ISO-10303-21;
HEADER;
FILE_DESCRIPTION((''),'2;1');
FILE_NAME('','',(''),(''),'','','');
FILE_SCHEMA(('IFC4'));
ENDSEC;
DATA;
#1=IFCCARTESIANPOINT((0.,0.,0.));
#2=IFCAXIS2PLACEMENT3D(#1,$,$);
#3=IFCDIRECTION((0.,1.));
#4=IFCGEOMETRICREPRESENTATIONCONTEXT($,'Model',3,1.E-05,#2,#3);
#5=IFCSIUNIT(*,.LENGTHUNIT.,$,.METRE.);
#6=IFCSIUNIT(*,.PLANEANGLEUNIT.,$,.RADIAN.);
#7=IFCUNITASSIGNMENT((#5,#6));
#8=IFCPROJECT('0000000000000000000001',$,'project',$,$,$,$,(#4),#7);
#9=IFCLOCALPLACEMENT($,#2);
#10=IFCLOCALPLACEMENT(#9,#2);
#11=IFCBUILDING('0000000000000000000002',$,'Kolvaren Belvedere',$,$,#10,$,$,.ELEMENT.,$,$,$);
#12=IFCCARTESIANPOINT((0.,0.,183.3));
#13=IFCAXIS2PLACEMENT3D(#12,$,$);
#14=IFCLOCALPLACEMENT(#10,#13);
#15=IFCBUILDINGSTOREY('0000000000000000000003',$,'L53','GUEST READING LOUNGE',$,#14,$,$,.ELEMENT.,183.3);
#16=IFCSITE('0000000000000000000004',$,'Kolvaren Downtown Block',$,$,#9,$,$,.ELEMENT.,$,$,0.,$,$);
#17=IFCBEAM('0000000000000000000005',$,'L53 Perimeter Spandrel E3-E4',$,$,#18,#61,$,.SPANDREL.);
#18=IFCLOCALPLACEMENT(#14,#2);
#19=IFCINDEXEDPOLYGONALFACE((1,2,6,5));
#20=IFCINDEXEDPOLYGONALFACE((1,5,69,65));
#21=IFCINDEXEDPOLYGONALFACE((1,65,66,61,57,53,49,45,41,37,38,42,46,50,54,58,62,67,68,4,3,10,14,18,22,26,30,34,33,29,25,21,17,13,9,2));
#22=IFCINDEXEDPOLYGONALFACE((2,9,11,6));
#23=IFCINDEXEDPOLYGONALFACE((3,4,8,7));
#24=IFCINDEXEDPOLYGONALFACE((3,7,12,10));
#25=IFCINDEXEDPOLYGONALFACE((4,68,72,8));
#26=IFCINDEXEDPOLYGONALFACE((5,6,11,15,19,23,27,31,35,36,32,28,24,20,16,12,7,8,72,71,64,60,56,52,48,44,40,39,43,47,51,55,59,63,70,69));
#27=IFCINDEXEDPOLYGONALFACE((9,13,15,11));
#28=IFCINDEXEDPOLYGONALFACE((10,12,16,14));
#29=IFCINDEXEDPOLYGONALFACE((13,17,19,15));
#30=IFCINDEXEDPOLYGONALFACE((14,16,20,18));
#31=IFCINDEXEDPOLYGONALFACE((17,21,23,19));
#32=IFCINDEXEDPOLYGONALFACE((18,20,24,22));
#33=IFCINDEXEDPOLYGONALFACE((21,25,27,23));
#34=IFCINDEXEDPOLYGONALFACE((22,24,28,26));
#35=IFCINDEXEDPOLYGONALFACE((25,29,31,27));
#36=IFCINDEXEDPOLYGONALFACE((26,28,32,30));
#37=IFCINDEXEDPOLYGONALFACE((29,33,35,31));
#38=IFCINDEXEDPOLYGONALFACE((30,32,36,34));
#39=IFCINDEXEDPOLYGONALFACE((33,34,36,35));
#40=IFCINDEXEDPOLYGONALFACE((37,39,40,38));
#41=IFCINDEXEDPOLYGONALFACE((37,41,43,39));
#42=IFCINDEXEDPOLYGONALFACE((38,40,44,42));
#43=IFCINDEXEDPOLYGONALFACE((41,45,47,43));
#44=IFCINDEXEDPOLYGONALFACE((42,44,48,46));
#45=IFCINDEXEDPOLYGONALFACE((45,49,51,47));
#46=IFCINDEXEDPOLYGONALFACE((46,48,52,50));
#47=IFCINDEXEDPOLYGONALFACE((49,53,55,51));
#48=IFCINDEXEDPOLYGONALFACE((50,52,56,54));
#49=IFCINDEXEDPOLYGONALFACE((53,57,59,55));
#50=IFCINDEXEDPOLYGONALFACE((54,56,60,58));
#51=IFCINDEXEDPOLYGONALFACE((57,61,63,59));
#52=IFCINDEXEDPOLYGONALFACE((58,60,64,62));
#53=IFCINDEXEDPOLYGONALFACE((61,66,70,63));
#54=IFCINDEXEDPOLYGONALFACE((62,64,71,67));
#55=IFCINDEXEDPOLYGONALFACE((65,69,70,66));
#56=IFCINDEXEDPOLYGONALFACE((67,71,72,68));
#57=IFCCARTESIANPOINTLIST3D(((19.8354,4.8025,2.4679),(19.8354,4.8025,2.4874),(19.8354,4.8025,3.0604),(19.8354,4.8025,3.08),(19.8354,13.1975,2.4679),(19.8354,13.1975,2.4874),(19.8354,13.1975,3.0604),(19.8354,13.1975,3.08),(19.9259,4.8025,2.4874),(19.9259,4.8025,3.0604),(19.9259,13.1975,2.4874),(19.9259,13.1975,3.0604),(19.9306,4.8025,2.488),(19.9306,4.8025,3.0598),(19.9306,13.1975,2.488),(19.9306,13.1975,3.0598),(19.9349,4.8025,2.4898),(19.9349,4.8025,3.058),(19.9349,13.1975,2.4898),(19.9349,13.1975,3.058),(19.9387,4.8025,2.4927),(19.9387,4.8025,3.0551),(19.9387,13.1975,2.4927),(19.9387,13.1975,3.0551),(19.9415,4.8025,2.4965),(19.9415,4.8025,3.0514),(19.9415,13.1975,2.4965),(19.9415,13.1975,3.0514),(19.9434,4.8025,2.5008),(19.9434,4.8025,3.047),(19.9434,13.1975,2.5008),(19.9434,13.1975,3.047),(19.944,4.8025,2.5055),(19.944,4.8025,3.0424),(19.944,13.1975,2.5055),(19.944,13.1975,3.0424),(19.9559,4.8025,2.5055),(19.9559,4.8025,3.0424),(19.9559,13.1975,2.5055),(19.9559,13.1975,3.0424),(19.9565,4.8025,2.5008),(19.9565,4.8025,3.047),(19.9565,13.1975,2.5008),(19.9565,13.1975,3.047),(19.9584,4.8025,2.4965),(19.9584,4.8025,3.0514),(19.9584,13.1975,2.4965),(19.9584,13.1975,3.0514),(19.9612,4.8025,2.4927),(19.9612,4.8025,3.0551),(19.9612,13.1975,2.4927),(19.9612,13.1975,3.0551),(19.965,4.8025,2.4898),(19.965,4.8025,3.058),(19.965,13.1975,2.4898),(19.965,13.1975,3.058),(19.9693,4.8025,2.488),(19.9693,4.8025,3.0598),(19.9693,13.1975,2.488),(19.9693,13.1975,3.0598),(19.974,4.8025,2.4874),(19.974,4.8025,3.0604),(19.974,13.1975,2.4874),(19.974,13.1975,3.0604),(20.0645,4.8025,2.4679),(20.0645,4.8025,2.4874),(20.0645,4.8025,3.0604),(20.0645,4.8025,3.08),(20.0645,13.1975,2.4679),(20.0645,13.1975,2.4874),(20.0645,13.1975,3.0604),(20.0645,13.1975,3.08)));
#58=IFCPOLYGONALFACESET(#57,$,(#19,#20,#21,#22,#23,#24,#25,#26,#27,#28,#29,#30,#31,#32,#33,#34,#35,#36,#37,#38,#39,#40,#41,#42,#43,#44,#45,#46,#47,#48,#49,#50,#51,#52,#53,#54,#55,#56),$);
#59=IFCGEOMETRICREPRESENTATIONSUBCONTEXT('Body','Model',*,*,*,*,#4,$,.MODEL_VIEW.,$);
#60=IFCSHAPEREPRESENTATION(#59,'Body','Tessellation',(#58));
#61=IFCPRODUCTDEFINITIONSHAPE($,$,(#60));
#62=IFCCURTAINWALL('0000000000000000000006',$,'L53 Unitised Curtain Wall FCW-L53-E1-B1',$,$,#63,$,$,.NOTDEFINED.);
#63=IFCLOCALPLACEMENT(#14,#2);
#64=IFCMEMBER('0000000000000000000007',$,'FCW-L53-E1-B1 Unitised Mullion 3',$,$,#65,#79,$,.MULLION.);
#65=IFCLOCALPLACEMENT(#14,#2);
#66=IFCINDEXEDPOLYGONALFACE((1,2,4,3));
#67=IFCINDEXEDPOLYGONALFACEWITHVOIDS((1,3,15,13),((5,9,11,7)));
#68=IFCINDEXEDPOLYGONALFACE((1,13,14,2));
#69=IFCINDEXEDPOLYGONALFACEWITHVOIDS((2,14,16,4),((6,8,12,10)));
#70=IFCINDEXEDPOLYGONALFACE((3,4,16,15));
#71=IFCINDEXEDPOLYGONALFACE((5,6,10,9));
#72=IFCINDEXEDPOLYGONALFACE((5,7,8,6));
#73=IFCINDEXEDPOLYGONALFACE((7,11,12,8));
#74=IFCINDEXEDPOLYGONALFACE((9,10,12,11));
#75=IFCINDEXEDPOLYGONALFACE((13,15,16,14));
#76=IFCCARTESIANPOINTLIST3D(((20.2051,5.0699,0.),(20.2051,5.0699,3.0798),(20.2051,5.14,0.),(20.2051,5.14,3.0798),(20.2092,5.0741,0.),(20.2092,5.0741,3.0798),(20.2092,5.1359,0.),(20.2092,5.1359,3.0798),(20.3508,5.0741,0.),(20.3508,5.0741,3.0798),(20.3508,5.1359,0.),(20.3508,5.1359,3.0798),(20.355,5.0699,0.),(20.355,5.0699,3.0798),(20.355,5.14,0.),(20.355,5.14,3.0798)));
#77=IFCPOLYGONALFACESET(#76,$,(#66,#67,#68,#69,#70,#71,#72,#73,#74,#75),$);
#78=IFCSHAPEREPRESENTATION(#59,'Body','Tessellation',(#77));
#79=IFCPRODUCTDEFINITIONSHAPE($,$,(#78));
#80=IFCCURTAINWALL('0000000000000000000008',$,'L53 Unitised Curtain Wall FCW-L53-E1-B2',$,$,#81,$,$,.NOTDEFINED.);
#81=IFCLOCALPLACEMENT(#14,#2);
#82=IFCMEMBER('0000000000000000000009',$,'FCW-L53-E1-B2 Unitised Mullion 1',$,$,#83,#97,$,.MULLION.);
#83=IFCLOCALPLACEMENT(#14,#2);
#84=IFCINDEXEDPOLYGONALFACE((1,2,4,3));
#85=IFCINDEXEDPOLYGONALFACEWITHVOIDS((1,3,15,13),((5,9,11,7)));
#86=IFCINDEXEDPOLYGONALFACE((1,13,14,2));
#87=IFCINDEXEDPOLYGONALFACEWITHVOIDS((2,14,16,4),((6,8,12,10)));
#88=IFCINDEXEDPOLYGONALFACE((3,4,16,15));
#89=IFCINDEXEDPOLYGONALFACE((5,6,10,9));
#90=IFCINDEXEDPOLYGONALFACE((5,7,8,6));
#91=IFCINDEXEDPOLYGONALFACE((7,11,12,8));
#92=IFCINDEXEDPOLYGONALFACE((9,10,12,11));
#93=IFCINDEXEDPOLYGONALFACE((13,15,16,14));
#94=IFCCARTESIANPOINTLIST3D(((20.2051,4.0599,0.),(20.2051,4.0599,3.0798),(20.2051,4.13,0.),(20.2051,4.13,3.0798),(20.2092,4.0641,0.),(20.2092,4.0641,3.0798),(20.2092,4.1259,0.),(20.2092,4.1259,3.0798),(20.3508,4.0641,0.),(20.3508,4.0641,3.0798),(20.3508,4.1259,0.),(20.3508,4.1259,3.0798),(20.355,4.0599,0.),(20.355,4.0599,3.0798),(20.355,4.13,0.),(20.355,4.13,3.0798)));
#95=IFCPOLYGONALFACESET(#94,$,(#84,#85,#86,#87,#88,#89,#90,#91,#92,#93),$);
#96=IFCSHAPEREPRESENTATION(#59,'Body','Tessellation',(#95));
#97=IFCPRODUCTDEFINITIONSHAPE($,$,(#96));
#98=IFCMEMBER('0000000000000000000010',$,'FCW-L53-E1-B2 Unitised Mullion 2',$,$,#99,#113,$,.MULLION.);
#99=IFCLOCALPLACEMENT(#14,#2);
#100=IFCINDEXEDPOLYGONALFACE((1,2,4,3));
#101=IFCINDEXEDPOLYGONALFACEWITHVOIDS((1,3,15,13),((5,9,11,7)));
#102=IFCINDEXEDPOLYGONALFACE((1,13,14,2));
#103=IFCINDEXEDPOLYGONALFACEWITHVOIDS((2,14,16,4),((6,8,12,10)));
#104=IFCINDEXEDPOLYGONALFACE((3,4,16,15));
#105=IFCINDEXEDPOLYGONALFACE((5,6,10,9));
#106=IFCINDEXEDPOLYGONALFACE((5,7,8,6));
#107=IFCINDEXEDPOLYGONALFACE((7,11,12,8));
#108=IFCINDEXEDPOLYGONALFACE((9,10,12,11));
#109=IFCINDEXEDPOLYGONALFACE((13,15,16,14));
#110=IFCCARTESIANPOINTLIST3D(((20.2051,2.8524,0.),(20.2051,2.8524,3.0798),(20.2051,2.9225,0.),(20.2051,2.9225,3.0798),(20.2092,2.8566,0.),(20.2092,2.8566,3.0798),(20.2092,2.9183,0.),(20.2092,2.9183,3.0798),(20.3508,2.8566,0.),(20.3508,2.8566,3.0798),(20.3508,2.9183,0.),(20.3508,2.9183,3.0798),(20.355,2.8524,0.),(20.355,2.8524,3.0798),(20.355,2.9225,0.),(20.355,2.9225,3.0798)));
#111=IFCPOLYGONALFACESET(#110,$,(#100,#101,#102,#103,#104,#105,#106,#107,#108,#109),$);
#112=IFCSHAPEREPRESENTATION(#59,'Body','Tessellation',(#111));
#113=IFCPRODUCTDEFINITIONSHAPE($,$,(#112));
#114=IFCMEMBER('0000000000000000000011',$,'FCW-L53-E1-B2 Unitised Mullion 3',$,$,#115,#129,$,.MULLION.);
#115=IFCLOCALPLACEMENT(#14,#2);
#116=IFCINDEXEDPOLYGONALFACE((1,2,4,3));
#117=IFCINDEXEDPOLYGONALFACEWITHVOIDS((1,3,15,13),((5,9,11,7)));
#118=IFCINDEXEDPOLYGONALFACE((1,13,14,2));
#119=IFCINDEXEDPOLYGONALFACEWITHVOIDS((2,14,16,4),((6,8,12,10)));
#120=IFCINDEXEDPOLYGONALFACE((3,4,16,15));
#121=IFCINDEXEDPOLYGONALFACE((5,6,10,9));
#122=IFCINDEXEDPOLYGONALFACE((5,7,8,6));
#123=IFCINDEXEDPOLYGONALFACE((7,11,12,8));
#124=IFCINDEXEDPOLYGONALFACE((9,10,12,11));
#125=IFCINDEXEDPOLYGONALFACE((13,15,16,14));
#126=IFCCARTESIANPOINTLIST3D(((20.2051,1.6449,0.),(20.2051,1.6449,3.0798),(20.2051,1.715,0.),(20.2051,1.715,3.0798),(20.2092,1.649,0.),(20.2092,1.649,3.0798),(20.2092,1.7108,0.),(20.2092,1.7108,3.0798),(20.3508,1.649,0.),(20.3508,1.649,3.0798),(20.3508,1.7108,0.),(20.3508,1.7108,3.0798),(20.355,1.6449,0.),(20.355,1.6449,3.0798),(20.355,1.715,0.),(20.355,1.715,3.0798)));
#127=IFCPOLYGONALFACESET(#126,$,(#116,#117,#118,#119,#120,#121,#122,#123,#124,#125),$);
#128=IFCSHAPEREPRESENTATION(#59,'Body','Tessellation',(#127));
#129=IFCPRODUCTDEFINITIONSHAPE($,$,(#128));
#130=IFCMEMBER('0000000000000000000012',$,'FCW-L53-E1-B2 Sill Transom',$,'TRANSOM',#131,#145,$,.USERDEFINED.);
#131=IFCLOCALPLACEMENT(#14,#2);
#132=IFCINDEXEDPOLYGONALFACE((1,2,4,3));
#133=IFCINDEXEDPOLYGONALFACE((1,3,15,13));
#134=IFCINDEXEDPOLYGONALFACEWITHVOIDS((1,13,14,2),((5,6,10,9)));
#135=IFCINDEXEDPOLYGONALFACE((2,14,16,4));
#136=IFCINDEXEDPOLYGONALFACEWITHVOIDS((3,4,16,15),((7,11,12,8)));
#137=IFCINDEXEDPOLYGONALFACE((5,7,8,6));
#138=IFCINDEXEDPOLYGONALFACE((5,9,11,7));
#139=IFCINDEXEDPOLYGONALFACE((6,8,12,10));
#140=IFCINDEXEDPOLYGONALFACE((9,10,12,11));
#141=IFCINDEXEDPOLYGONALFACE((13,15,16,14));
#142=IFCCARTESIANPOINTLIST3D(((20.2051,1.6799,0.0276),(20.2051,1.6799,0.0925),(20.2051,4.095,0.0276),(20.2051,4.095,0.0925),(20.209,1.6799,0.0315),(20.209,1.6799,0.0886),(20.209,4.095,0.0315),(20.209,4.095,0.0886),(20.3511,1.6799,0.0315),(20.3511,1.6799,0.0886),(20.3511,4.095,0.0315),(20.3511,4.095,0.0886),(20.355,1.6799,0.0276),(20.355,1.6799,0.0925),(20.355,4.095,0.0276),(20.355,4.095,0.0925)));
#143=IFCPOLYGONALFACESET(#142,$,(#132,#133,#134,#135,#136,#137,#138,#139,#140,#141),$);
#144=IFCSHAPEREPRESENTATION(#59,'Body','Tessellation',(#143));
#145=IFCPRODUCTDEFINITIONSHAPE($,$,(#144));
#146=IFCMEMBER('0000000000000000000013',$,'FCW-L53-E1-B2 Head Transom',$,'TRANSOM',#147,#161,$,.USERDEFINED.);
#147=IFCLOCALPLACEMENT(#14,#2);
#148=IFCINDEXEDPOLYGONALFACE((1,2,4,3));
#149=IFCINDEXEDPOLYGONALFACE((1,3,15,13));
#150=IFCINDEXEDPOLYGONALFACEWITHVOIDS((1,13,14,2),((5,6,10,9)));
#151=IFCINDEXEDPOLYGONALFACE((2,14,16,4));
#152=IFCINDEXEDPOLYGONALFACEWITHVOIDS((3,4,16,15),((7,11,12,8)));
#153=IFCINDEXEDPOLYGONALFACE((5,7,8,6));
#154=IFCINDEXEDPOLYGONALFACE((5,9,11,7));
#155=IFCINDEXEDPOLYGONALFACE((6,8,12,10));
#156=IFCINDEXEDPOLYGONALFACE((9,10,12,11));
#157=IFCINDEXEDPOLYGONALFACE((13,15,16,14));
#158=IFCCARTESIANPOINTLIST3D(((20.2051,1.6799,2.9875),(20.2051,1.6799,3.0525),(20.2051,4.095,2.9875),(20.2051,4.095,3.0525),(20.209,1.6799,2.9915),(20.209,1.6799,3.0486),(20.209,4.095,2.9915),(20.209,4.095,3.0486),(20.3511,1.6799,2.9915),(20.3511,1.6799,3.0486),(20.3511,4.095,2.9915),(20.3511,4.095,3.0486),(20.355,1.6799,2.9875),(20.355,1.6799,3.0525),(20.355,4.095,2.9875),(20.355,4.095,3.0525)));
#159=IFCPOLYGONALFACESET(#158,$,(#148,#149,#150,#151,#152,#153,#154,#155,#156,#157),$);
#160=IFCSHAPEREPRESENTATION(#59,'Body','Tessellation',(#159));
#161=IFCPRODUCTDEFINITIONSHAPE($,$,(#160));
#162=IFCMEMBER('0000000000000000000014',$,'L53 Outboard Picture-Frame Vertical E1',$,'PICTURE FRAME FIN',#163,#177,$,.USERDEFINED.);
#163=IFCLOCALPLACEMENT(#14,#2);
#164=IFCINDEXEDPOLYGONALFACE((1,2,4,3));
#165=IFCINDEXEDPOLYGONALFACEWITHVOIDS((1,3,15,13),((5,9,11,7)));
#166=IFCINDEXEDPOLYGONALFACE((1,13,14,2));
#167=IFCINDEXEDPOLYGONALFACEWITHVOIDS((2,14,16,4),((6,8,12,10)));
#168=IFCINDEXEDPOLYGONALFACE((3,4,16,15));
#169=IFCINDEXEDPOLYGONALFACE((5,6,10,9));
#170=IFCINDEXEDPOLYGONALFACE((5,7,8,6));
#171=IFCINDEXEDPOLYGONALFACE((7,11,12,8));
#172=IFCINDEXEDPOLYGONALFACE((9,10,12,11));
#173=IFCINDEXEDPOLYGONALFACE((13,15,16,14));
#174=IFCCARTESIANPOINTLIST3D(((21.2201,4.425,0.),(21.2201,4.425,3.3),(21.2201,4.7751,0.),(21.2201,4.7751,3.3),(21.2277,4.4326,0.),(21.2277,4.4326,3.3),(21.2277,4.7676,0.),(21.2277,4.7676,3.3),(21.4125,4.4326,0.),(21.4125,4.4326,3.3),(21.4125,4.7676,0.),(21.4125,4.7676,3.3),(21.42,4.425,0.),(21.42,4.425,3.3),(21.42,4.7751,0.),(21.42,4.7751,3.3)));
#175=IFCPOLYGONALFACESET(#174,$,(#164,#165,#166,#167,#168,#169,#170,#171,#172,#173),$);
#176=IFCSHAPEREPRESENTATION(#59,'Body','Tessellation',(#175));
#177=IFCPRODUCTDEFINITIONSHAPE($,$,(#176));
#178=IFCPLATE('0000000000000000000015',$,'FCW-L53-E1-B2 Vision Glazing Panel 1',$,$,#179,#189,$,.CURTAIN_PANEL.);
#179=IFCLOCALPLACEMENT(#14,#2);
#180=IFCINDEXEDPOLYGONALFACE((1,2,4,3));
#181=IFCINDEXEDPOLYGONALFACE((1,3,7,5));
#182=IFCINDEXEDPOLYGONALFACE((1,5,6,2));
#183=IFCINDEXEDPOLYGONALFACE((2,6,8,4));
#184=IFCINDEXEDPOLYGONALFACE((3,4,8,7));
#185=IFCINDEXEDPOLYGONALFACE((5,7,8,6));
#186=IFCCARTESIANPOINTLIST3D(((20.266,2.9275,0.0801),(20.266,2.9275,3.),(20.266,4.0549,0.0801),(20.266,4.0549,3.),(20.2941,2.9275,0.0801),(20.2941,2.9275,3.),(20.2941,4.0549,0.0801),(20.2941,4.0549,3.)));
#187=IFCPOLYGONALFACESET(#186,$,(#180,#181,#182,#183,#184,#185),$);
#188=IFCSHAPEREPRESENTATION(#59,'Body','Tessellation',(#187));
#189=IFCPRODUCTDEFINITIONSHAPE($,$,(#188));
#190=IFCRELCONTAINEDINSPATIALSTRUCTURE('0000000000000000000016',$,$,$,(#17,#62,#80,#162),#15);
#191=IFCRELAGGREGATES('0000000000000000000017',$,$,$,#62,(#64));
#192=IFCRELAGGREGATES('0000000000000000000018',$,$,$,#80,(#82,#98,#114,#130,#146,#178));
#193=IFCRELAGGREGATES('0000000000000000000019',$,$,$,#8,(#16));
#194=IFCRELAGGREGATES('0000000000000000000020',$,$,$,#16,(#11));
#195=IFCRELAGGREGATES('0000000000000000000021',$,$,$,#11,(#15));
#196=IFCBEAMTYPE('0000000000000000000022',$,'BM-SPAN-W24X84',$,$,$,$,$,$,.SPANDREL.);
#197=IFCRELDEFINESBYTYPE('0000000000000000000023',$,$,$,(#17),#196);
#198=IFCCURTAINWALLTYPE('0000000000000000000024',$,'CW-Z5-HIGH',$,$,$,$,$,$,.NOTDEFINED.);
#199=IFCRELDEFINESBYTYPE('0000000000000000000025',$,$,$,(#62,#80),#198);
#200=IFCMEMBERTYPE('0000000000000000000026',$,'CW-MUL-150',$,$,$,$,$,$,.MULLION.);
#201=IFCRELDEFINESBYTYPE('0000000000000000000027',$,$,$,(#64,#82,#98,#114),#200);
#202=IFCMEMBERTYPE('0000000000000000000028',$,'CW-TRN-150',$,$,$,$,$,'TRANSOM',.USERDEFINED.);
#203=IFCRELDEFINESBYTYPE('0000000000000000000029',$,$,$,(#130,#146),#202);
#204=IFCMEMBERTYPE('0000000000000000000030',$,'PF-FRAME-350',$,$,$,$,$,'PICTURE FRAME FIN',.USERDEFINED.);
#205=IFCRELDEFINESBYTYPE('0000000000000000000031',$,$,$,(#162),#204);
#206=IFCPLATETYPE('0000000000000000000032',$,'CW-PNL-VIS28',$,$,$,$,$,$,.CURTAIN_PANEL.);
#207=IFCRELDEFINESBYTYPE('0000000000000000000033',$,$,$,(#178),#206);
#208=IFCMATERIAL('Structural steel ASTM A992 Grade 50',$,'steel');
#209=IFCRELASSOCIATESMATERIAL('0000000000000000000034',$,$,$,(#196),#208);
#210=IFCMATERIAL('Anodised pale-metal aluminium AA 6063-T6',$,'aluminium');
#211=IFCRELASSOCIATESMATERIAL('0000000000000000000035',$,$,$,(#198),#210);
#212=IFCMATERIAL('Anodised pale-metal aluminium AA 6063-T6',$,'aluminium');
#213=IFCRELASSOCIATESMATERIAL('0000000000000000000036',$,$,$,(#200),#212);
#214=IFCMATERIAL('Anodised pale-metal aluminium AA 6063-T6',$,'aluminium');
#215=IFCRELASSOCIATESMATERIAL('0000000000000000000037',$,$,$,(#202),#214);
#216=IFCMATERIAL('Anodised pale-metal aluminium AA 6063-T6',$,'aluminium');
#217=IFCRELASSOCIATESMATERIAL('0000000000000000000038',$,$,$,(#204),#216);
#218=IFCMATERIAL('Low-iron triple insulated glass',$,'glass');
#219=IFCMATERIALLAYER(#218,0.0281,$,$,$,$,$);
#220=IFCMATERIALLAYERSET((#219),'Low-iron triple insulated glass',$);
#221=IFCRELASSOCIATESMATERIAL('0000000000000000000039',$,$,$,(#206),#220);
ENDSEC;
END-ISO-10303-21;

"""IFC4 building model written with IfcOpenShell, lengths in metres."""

from ifc_helpers import new_model, si_unit, direction, frame, origin, origin_2d, place, context, subcontext, project, spatial, rectangle, hollow_rectangle, i_section, extrude, material, layer, layer_set, material_profile, profile_set, type_object, element, aggregate, save


model = new_model("IFC4")

# Units and contexts
model_context = context("Model", 3, precision=1e-05, world=origin(), true_north=direction((0.0, 1.0)))
body_context = subcontext(model_context, "Body", "Model", "MODEL_VIEW")
ifc_project = project(units=[si_unit("LENGTHUNIT", "METRE"), si_unit("PLANEANGLEUNIT", "RADIAN")], contexts=[model_context])

# Site, building, storey
site_placement = place(None, origin())
site = spatial("IfcSite", under=ifc_project, at=site_placement, Name="Kolvaren Downtown Block", CompositionType="ELEMENT", RefElevation=0.0)
building_placement = place(site_placement, origin())
building = spatial("IfcBuilding", under=site, at=building_placement, Name="Kolvaren Belvedere", CompositionType="ELEMENT")
storey_placement = place(building_placement, frame((0.0, 0.0, 183.3)))
storey = spatial("IfcBuildingStorey", under=building, at=storey_placement, Name="L53", Description="GUEST READING LOUNGE", CompositionType="ELEMENT", Elevation=183.3)

# Beam
ifc_material_1 = material(Name="Structural steel ASTM A992 Grade 50", Category="steel")
ifc_material_profile_1 = material_profile(ifc_material_1, i_section(OverallWidth=0.229, OverallDepth=0.6121, WebThickness=0.012, FlangeThickness=0.0195, FilletRadius=0.0181, at=origin_2d()), Name="W24X84")
ifc_profile_set_1 = profile_set([ifc_material_profile_1], Name="Structural steel ASTM A992 Grade 50")
beam_type_1 = type_object("IfcBeamType", Name="BM-SPAN-W24X84", PredefinedType="SPANDREL", material=ifc_profile_set_1)
beam_1_placement = place(storey_placement, frame((19.95, 4.8025, 2.7739), z_axis=(0.0, 1.0, 0.0), x_axis=(-1.0, 0.0, 0.0)))
element("IfcBeam", 1, at=beam_1_placement, inside=storey, type_object=beam_type_1, Name="L53 Perimeter Spandrel E3-E4", PredefinedType="SPANDREL", context=body_context, shape_type="SweptSolid", body=[
    extrude(i_section(OverallWidth=0.229, OverallDepth=0.6121, WebThickness=0.012, FlangeThickness=0.0195, FilletRadius=0.0181, at=origin_2d()), origin(), (0.0, 0.0, 1.0), 8.395),
])

# Curtain wall, member
ifc_material_2 = material(Name="Anodised pale-metal aluminium AA 6063-T6", Category="aluminium")
curtain_wall_type = type_object("IfcCurtainWallType", Name="CW-Z5-HIGH", PredefinedType="NOTDEFINED", material=ifc_material_2)
curtain_wall_1_placement = place(storey_placement, origin())
curtain_wall_1 = element("IfcCurtainWall", 2, at=curtain_wall_1_placement, inside=storey, type_object=curtain_wall_type, Name="L53 Unitised Curtain Wall FCW-L53-E1-B1", PredefinedType="NOTDEFINED")
ifc_material_3 = material(Name="Anodised pale-metal aluminium AA 6063-T6", Category="aluminium")
ifc_material_profile_2 = material_profile(ifc_material_3, hollow_rectangle(XDim=0.0701, YDim=0.1499, WallThickness=0.0042, at=origin_2d()), Name="ALU-MUL-150X70")
ifc_profile_set_2 = profile_set([ifc_material_profile_2], Name="Anodised pale-metal aluminium AA 6063-T6")
member_type_1 = type_object("IfcMemberType", Name="CW-MUL-150", PredefinedType="MULLION", material=ifc_profile_set_2)
member_1_placement = place(storey_placement, frame((20.28, 5.105, 0.0), z_axis=(0.0, 0.0, 1.0), x_axis=(0.0, 1.0, 0.0)))
member_1 = element("IfcMember", 3, at=member_1_placement, type_object=member_type_1, Name="FCW-L53-E1-B1 Unitised Mullion 3", PredefinedType="MULLION", context=body_context, shape_type="SweptSolid", body=[
    extrude(hollow_rectangle(XDim=0.0701, YDim=0.1499, WallThickness=0.0042, at=origin_2d()), origin(), (0.0, 0.0, 1.0), 3.0798),
])
aggregate(curtain_wall_1, [member_1])

# Curtain wall, members
curtain_wall_2_placement = place(storey_placement, origin())
curtain_wall_2 = element("IfcCurtainWall", 4, at=curtain_wall_2_placement, inside=storey, type_object=curtain_wall_type, Name="L53 Unitised Curtain Wall FCW-L53-E1-B2", PredefinedType="NOTDEFINED")
member_2_placement = place(storey_placement, frame((20.28, 4.095, 0.0), z_axis=(0.0, 0.0, 1.0), x_axis=(0.0, 1.0, 0.0)))
member_2 = element("IfcMember", 5, at=member_2_placement, type_object=member_type_1, Name="FCW-L53-E1-B2 Unitised Mullion 1", PredefinedType="MULLION", context=body_context, shape_type="SweptSolid", body=[
    extrude(hollow_rectangle(XDim=0.0701, YDim=0.1499, WallThickness=0.0042, at=origin_2d()), origin(), (0.0, 0.0, 1.0), 3.0798),
])
member_3_placement = place(storey_placement, frame((20.28, 2.8875, 0.0), z_axis=(0.0, 0.0, 1.0), x_axis=(0.0, 1.0, 0.0)))
member_3 = element("IfcMember", 6, at=member_3_placement, type_object=member_type_1, Name="FCW-L53-E1-B2 Unitised Mullion 2", PredefinedType="MULLION", context=body_context, shape_type="SweptSolid", body=[
    extrude(hollow_rectangle(XDim=0.0701, YDim=0.1499, WallThickness=0.0042, at=origin_2d()), origin(), (0.0, 0.0, 1.0), 3.0798),
])
member_4_placement = place(storey_placement, frame((20.28, 1.6799, 0.0), z_axis=(0.0, 0.0, 1.0), x_axis=(0.0, 1.0, 0.0)))
member_4 = element("IfcMember", 7, at=member_4_placement, type_object=member_type_1, Name="FCW-L53-E1-B2 Unitised Mullion 3", PredefinedType="MULLION", context=body_context, shape_type="SweptSolid", body=[
    extrude(hollow_rectangle(XDim=0.0701, YDim=0.1499, WallThickness=0.0042, at=origin_2d()), origin(), (0.0, 0.0, 1.0), 3.0798),
])
ifc_material_4 = material(Name="Anodised pale-metal aluminium AA 6063-T6", Category="aluminium")
ifc_material_profile_3 = material_profile(ifc_material_4, hollow_rectangle(XDim=0.0649, YDim=0.1499, WallThickness=0.0039, at=origin_2d()), Name="ALU-TRN-150X65")
ifc_profile_set_3 = profile_set([ifc_material_profile_3], Name="Anodised pale-metal aluminium AA 6063-T6")
member_type_2 = type_object("IfcMemberType", Name="CW-TRN-150", ElementType="TRANSOM", PredefinedType="USERDEFINED", material=ifc_profile_set_3)
member_5_placement = place(storey_placement, frame((20.28, 4.095, 0.0601), z_axis=(0.0, -1.0, 0.0), x_axis=(0.0, 0.0, 1.0)))
member_5 = element("IfcMember", 8, at=member_5_placement, type_object=member_type_2, Name="FCW-L53-E1-B2 Sill Transom", ObjectType="TRANSOM", PredefinedType="USERDEFINED", context=body_context, shape_type="SweptSolid", body=[
    extrude(hollow_rectangle(XDim=0.0649, YDim=0.1499, WallThickness=0.0039, at=origin_2d()), origin(), (0.0, 0.0, 1.0), 2.415),
])
member_6_placement = place(storey_placement, frame((20.28, 4.095, 3.02), z_axis=(0.0, -1.0, 0.0), x_axis=(0.0, 0.0, 1.0)))
member_6 = element("IfcMember", 9, at=member_6_placement, type_object=member_type_2, Name="FCW-L53-E1-B2 Head Transom", ObjectType="TRANSOM", PredefinedType="USERDEFINED", context=body_context, shape_type="SweptSolid", body=[
    extrude(hollow_rectangle(XDim=0.0649, YDim=0.1499, WallThickness=0.0039, at=origin_2d()), origin(), (0.0, 0.0, 1.0), 2.415),
])

# Member
ifc_material_5 = material(Name="Anodised pale-metal aluminium AA 6063-T6", Category="aluminium")
ifc_material_profile_4 = material_profile(ifc_material_5, hollow_rectangle(XDim=0.2, YDim=0.3501, WallThickness=0.0076, at=origin_2d()), Name="ALU-PF-350X200")
ifc_profile_set_4 = profile_set([ifc_material_profile_4], Name="Anodised pale-metal aluminium AA 6063-T6")
member_type_3 = type_object("IfcMemberType", Name="PF-FRAME-350", ElementType="PICTURE FRAME FIN", PredefinedType="USERDEFINED", material=ifc_profile_set_4)
member_7_placement = place(storey_placement, frame((21.3201, 4.6001, 0.0), z_axis=(0.0, 0.0, 1.0), x_axis=(1.0, 0.0, 0.0)))
element("IfcMember", 10, at=member_7_placement, inside=storey, type_object=member_type_3, Name="L53 Outboard Picture-Frame Vertical E1", ObjectType="PICTURE FRAME FIN", PredefinedType="USERDEFINED", context=body_context, shape_type="SweptSolid", body=[
    extrude(hollow_rectangle(XDim=0.2, YDim=0.3501, WallThickness=0.0076, at=origin_2d()), origin(), (0.0, 0.0, 1.0), 3.3),
])

# Plate
ifc_material_6 = material(Name="Low-iron triple insulated glass", Category="glass")
ifc_layer_1 = layer(ifc_material_6, 0.0281)
ifc_layer_set_1 = layer_set([ifc_layer_1], Name="Low-iron triple insulated glass")
plate_type_1 = type_object("IfcPlateType", Name="CW-PNL-VIS28", PredefinedType="CURTAIN_PANEL", material=ifc_layer_set_1)
plate_1_placement = place(storey_placement, frame((20.28, 3.4912, 0.0801), z_axis=(0.0, 0.0, 1.0), x_axis=(0.0, -1.0, 0.0)))
plate_1 = element("IfcPlate", 11, at=plate_1_placement, type_object=plate_type_1, Name="FCW-L53-E1-B2 Vision Glazing Panel 1", PredefinedType="CURTAIN_PANEL", context=body_context, shape_type="SweptSolid", body=[
    extrude(rectangle(XDim=1.1274, YDim=0.0281, at=origin_2d()), origin(), (0.0, 0.0, 1.0), 2.9199),
])
aggregate(curtain_wall_2, [member_2, member_3, member_4, member_5, member_6, plate_1])

save(model, "model.ifc")
